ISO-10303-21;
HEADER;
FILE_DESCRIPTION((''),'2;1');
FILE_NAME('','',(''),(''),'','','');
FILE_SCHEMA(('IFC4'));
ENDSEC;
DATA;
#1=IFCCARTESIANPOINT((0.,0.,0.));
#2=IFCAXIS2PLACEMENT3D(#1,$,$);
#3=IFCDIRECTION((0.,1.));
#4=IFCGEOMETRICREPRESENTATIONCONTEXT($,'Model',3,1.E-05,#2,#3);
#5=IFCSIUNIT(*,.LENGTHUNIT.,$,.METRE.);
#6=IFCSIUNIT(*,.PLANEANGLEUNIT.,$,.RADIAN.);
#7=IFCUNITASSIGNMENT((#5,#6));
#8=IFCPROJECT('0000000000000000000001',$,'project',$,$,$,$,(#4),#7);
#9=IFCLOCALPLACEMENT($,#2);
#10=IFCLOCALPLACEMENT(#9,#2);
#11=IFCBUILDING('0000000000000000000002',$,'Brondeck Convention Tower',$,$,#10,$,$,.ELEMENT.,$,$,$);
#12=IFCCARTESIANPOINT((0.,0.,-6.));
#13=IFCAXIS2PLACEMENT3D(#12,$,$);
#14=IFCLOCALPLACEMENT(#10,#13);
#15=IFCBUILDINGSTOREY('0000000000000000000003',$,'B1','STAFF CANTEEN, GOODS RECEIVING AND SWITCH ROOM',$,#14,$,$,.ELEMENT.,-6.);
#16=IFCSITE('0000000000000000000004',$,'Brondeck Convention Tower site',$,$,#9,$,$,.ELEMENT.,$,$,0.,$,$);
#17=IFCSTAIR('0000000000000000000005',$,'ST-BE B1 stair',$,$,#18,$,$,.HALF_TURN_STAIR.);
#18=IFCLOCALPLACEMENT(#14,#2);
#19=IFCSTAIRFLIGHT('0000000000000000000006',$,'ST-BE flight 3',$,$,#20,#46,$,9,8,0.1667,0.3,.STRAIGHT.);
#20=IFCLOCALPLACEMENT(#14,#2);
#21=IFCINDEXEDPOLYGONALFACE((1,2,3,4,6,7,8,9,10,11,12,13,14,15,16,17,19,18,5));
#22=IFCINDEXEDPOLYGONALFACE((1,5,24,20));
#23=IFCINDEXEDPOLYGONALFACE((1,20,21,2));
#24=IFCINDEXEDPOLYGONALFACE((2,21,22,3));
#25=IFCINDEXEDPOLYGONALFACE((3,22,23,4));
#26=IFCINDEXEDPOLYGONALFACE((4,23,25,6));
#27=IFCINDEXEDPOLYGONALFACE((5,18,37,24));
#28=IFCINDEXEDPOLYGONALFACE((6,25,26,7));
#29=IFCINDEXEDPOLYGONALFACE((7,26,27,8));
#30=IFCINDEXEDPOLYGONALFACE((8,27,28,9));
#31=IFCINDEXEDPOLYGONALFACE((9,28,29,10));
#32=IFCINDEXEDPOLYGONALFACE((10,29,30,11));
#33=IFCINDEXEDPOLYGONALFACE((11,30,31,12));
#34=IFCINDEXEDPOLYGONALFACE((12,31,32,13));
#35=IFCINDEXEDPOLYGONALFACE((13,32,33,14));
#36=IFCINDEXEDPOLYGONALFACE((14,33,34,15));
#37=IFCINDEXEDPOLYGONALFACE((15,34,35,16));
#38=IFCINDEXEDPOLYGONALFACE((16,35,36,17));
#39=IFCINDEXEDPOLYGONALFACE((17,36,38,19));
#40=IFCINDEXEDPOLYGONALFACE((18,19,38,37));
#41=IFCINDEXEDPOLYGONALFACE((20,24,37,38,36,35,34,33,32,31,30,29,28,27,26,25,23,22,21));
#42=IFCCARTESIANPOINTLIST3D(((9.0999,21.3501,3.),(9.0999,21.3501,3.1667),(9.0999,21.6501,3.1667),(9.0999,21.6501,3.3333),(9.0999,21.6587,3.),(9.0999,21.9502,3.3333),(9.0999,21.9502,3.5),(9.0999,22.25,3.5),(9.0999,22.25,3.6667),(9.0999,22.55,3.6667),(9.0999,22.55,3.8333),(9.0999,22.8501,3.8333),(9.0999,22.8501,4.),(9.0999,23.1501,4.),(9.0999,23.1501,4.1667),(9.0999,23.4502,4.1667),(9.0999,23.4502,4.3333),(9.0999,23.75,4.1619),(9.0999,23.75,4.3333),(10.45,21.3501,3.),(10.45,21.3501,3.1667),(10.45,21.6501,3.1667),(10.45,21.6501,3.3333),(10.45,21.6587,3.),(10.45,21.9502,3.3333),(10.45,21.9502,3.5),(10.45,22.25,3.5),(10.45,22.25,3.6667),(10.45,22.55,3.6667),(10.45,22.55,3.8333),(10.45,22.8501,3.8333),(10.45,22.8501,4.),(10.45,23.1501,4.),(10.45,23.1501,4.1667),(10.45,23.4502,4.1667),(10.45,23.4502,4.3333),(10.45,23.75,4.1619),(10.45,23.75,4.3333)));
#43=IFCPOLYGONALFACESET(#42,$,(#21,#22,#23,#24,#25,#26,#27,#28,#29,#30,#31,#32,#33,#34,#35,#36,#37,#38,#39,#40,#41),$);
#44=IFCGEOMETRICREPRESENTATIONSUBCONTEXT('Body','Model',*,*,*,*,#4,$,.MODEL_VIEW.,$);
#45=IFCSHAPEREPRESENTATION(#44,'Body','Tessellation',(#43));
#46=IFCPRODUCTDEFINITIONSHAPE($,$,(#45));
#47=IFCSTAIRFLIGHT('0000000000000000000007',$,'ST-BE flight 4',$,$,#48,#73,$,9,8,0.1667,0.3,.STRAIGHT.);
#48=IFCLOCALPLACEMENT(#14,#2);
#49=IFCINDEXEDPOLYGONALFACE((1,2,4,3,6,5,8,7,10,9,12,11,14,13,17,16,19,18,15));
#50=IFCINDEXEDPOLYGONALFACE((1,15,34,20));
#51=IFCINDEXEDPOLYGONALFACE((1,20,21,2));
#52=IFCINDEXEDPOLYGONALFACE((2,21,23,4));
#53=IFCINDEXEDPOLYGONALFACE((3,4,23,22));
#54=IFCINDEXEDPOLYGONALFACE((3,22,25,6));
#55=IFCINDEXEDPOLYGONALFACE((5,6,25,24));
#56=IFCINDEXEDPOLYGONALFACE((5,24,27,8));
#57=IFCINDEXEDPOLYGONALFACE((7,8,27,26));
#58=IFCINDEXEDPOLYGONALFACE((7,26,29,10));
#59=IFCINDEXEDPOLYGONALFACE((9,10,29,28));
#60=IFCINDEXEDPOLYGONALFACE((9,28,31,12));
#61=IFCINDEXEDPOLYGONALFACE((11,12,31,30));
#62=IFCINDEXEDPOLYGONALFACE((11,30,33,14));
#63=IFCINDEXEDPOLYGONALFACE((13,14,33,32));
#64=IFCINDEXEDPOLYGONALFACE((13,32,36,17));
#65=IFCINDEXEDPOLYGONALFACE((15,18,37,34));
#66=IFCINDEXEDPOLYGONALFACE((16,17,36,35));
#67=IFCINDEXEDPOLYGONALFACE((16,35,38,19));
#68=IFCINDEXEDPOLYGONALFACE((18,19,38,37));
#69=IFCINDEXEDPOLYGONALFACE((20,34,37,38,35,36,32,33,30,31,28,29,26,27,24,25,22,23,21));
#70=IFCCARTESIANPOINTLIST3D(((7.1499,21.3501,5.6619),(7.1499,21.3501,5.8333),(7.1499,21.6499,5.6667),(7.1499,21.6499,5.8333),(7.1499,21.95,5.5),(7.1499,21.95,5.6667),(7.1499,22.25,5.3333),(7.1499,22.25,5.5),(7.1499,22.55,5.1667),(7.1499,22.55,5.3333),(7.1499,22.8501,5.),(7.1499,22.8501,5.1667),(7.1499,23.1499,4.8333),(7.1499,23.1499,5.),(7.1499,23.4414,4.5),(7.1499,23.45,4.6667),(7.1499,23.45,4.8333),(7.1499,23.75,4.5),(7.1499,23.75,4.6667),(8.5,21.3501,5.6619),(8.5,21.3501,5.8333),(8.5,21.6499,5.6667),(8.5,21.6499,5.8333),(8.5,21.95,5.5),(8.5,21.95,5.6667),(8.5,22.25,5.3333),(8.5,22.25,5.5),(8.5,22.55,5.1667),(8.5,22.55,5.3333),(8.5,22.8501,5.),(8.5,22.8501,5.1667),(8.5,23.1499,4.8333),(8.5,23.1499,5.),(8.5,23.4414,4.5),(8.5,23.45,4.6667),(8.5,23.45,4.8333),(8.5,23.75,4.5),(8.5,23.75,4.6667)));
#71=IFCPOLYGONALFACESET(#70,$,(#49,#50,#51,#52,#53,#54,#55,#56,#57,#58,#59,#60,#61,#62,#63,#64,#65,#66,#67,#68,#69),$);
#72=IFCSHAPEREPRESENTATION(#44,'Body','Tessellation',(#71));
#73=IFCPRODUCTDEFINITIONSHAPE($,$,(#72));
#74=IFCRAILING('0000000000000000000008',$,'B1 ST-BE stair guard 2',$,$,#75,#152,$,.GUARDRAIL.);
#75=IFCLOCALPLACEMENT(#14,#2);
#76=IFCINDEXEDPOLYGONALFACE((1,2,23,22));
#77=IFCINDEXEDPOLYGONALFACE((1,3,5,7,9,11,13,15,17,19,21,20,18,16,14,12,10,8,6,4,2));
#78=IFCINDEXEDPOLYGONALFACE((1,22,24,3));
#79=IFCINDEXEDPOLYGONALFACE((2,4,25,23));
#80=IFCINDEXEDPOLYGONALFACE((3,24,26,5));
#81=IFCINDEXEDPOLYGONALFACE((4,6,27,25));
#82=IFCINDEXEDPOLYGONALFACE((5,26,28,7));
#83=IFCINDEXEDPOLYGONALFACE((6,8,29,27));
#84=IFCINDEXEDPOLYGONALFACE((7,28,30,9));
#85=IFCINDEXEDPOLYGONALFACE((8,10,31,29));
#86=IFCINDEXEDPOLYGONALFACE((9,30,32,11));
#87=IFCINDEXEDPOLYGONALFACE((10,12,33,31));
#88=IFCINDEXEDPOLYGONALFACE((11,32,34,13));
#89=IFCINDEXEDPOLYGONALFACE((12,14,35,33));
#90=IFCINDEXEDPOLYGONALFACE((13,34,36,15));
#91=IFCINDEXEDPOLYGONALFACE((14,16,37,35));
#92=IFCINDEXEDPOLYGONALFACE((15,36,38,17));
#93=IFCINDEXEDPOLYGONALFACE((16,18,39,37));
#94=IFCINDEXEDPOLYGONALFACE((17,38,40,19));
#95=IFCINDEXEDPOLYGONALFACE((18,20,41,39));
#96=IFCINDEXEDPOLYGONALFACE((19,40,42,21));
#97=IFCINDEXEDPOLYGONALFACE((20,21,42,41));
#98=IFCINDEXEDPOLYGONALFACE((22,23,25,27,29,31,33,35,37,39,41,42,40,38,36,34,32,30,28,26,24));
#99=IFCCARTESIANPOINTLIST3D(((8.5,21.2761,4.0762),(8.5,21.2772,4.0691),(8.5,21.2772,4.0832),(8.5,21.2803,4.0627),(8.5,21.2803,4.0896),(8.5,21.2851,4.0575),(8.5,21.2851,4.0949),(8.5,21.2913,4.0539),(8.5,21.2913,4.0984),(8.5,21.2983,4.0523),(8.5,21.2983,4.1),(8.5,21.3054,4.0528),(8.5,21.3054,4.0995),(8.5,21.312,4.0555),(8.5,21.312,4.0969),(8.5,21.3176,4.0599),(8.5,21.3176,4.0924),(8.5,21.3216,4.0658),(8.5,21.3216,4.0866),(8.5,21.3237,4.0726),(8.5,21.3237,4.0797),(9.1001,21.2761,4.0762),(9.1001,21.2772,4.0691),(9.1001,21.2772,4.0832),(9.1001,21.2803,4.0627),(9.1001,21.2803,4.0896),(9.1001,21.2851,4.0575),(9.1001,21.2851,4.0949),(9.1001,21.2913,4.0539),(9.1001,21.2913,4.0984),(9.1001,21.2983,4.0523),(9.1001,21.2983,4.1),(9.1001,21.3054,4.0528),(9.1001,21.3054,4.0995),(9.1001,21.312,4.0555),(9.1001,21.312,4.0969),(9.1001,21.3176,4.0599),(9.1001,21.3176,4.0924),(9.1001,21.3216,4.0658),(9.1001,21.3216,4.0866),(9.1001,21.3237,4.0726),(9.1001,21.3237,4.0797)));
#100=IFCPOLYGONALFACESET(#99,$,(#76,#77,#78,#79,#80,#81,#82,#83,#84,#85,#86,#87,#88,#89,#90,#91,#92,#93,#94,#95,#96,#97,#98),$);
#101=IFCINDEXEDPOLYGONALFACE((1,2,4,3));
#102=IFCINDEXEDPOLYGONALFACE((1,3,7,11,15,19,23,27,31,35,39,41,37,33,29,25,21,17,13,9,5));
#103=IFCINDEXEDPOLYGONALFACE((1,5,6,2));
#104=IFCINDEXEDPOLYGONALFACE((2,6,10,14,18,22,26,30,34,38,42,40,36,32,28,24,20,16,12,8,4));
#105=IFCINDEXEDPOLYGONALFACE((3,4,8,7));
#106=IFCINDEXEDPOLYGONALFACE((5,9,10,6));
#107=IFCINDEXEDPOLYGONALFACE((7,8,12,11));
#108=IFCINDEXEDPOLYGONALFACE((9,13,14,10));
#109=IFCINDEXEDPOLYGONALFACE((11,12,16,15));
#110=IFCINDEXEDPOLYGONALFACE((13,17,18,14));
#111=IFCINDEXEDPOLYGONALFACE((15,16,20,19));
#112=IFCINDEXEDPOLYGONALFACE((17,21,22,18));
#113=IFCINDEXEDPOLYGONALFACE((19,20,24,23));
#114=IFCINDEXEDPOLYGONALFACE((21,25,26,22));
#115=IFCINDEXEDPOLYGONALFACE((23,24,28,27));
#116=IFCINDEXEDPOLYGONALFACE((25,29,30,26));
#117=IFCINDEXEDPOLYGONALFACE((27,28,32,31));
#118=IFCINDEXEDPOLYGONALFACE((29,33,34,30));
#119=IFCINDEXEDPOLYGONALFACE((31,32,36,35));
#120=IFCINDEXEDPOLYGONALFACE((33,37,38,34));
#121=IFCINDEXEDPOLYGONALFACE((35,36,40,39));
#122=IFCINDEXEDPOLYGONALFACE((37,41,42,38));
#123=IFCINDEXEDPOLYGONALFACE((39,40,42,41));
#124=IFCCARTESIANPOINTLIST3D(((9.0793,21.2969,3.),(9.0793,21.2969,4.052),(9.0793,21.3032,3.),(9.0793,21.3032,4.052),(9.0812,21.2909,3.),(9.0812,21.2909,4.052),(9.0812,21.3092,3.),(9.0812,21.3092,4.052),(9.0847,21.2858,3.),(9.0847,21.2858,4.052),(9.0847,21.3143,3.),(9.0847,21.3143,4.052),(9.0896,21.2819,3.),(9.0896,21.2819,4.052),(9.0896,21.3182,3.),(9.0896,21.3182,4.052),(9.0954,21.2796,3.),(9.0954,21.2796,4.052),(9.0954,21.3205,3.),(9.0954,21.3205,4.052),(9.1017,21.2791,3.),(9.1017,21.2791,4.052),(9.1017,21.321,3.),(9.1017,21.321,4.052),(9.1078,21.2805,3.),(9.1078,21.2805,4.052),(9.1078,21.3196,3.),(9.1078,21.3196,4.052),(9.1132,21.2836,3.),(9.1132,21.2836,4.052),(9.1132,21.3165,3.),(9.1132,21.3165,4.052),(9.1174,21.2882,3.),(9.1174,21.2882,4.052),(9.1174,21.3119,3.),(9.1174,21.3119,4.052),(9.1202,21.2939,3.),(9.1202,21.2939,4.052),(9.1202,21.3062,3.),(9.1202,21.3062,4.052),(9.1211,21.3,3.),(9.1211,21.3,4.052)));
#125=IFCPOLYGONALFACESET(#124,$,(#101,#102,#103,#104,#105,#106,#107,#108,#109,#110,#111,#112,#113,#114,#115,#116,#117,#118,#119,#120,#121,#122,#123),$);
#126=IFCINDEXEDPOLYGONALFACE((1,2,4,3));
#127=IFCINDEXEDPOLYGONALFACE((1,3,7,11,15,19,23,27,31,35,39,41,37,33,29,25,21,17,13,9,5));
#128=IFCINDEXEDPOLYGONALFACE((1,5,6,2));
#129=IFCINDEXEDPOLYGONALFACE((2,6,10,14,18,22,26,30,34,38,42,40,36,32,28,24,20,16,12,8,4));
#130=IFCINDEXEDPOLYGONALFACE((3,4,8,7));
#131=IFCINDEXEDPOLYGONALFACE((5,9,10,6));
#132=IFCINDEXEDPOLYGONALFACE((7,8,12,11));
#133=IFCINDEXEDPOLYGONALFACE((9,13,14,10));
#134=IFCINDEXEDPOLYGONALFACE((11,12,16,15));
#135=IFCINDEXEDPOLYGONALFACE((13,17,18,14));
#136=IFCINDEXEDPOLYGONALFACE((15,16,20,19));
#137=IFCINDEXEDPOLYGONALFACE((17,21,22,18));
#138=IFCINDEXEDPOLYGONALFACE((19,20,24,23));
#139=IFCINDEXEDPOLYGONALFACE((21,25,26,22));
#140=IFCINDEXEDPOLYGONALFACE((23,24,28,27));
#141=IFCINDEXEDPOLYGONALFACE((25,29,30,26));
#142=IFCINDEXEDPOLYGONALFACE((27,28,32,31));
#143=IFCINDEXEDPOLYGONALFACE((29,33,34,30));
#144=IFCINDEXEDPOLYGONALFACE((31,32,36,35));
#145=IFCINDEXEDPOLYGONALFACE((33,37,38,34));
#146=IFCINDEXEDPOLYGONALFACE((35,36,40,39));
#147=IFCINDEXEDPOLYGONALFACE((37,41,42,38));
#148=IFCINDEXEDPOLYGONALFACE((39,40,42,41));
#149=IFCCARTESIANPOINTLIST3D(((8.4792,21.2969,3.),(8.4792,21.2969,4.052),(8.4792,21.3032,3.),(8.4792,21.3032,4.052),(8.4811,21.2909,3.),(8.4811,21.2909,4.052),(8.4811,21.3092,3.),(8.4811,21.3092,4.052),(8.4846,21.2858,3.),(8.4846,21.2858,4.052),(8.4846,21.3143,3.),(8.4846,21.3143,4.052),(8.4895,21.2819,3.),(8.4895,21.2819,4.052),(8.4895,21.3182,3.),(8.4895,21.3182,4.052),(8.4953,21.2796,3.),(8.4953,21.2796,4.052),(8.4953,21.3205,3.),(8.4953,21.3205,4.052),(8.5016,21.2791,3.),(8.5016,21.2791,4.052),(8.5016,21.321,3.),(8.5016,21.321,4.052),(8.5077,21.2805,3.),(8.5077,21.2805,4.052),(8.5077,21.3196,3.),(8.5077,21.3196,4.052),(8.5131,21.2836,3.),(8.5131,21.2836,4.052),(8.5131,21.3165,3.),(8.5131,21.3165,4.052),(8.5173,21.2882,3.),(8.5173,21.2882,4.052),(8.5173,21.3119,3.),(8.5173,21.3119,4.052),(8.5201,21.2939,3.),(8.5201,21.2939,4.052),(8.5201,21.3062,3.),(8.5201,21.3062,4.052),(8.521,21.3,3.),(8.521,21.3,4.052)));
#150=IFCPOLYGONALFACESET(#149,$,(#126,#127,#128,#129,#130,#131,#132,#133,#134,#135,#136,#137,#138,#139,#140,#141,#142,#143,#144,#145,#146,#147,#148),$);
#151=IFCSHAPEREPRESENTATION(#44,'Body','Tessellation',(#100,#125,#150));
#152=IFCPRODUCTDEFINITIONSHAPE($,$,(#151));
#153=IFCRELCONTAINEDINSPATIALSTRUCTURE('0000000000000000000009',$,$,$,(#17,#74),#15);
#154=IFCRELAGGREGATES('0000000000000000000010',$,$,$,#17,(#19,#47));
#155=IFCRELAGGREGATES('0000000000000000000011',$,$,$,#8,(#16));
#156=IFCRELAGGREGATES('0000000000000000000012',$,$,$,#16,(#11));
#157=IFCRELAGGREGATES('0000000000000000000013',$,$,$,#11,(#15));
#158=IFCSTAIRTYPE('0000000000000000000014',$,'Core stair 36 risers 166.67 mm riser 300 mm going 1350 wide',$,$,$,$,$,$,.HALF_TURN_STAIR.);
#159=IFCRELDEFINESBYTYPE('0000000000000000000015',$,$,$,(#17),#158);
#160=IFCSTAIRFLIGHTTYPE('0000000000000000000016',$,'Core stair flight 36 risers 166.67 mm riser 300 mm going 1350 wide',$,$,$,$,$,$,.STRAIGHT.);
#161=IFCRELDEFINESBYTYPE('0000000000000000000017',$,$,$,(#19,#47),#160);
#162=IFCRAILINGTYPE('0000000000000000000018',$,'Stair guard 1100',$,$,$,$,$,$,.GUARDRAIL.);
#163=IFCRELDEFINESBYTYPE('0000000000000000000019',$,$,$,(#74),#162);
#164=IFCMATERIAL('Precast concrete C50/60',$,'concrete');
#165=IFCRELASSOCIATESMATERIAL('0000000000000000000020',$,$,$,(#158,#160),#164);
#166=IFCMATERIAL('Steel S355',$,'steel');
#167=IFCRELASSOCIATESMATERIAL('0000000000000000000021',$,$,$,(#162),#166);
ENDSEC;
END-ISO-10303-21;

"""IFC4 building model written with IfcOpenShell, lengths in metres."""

from ifc_helpers import new_model, si_unit, direction, frame, origin, origin_2d, place, context, subcontext, project, spatial, polyline, circle, outline, extrude, material, type_object, element, aggregate, save


model = new_model("IFC4")

# Units and contexts
model_context = context("Model", 3, precision=1e-05, world=origin(), true_north=direction((0.0, 1.0)))
body_context = subcontext(model_context, "Body", "Model", "MODEL_VIEW")
ifc_project = project(units=[si_unit("LENGTHUNIT", "METRE"), si_unit("PLANEANGLEUNIT", "RADIAN")], contexts=[model_context])

# Site, building, storey
site_placement = place(None, origin())
site = spatial("IfcSite", under=ifc_project, at=site_placement, Name="Brondeck Convention Tower site", CompositionType="ELEMENT", RefElevation=0.0)
building_placement = place(site_placement, origin())
building = spatial("IfcBuilding", under=site, at=building_placement, Name="Brondeck Convention Tower", CompositionType="ELEMENT")
storey_placement = place(building_placement, frame((0.0, 0.0, -6.0)))
storey = spatial("IfcBuildingStorey", under=building, at=storey_placement, Name="B1", Description="STAFF CANTEEN, GOODS RECEIVING AND SWITCH ROOM", CompositionType="ELEMENT", Elevation=-6.0)

# Shared definitions
ifc_material_1 = material(Name="Steel S355", Category="steel")

# Stair, stair flights
ifc_material_2 = material(Name="Precast concrete C50/60", Category="concrete")
stair_type = type_object("IfcStairType", Name="Core stair 36 risers 166.67 mm riser 300 mm going 1350 wide", PredefinedType="HALF_TURN_STAIR", material=ifc_material_2)
stair_placement = place(storey_placement, origin())
stair = element("IfcStair", 1, at=stair_placement, inside=storey, type_object=stair_type, Name="ST-BE B1 stair", PredefinedType="HALF_TURN_STAIR")
stair_flight_type = type_object("IfcStairFlightType", Name="Core stair flight 36 risers 166.67 mm riser 300 mm going 1350 wide", PredefinedType="STRAIGHT", material=ifc_material_2)
stair_flight_1_placement = place(storey_placement, frame((9.7749, 21.3501, 3.0), z_axis=(0.0, 0.0, 1.0), x_axis=(0.0, 1.0, 0.0)))
stair_flight_1 = element("IfcStairFlight", 2, at=stair_flight_1_placement, type_object=stair_flight_type, Name="ST-BE flight 3", NumberOfRisers=9, NumberOfTreads=8, PredefinedType="STRAIGHT", RiserHeight=0.1667, TreadLength=0.3, context=body_context, shape_type="SweptSolid", body=[
    extrude(outline(polyline([(0.0, 0.0), (0.0, 0.1667), (0.3, 0.1667), (0.3, 0.3333), (0.6001, 0.3333), (0.6001, 0.5), (0.8999, 0.5), (0.8999, 0.6667), (1.2, 0.6667), (1.2, 0.8333), (1.5, 0.8333), (1.5, 1.0), (1.8, 1.0), (1.8, 1.1667), (2.1001, 1.1667), (2.1001, 1.3333), (2.3999, 1.3333), (2.3999, 1.5), (2.3999, 1.1619), (0.3086, 0.0), (0.0, 0.0)])), frame((0.0, 0.675, 0.0), z_axis=(0.0, -1.0, 0.0), x_axis=(1.0, 0.0, 0.0)), (0.0, 0.0, 1.0), 1.3501),
])
stair_flight_2_placement = place(storey_placement, frame((7.825, 23.75, 4.5), z_axis=(0.0, 0.0, 1.0), x_axis=(0.0, -1.0, 0.0)))
stair_flight_2 = element("IfcStairFlight", 3, at=stair_flight_2_placement, type_object=stair_flight_type, Name="ST-BE flight 4", NumberOfRisers=9, NumberOfTreads=8, PredefinedType="STRAIGHT", RiserHeight=0.1667, TreadLength=0.3, context=body_context, shape_type="SweptSolid", body=[
    extrude(outline(polyline([(0.0, 0.0), (0.0, 0.1667), (0.3, 0.1667), (0.3, 0.3333), (0.6001, 0.3333), (0.6001, 0.5), (0.8999, 0.5), (0.8999, 0.6667), (1.2, 0.6667), (1.2, 0.8333), (1.5, 0.8333), (1.5, 1.0), (1.8, 1.0), (1.8, 1.1667), (2.1001, 1.1667), (2.1001, 1.3333), (2.3999, 1.3333), (2.3999, 1.5), (2.3999, 1.1619), (0.3086, 0.0), (0.0, 0.0)])), frame((0.0, 0.675, 0.0), z_axis=(0.0, -1.0, 0.0), x_axis=(1.0, 0.0, 0.0)), (0.0, 0.0, 1.0), 1.3501),
])
aggregate(stair, [stair_flight_1, stair_flight_2])

# Railing
railing_type_1 = type_object("IfcRailingType", Name="Stair guard 1100", PredefinedType="GUARDRAIL", material=ifc_material_1)
railing_1_placement = place(storey_placement, frame((9.1001, 21.3, 3.0)))
element("IfcRailing", 4, at=railing_1_placement, inside=storey, type_object=railing_type_1, Name="B1 ST-BE stair guard 2", PredefinedType="GUARDRAIL", context=body_context, shape_type="SweptSolid", body=[
    extrude(circle(Radius=0.0239, at=origin_2d()), frame((0.0, 0.0, 1.0762), z_axis=(-1.0, 0.0, 0.0), x_axis=(0.0, -1.0, 0.0)), (0.0, 0.0, 1.0), 0.6001),
    extrude(circle(Radius=0.021, at=origin_2d()), origin(), (0.0, 0.0, 1.0), 1.052),
    extrude(circle(Radius=0.021, at=origin_2d()), frame((-0.6001, 0.0, 0.0)), (0.0, 0.0, 1.0), 1.052),
])

save(model, "model.ifc")
